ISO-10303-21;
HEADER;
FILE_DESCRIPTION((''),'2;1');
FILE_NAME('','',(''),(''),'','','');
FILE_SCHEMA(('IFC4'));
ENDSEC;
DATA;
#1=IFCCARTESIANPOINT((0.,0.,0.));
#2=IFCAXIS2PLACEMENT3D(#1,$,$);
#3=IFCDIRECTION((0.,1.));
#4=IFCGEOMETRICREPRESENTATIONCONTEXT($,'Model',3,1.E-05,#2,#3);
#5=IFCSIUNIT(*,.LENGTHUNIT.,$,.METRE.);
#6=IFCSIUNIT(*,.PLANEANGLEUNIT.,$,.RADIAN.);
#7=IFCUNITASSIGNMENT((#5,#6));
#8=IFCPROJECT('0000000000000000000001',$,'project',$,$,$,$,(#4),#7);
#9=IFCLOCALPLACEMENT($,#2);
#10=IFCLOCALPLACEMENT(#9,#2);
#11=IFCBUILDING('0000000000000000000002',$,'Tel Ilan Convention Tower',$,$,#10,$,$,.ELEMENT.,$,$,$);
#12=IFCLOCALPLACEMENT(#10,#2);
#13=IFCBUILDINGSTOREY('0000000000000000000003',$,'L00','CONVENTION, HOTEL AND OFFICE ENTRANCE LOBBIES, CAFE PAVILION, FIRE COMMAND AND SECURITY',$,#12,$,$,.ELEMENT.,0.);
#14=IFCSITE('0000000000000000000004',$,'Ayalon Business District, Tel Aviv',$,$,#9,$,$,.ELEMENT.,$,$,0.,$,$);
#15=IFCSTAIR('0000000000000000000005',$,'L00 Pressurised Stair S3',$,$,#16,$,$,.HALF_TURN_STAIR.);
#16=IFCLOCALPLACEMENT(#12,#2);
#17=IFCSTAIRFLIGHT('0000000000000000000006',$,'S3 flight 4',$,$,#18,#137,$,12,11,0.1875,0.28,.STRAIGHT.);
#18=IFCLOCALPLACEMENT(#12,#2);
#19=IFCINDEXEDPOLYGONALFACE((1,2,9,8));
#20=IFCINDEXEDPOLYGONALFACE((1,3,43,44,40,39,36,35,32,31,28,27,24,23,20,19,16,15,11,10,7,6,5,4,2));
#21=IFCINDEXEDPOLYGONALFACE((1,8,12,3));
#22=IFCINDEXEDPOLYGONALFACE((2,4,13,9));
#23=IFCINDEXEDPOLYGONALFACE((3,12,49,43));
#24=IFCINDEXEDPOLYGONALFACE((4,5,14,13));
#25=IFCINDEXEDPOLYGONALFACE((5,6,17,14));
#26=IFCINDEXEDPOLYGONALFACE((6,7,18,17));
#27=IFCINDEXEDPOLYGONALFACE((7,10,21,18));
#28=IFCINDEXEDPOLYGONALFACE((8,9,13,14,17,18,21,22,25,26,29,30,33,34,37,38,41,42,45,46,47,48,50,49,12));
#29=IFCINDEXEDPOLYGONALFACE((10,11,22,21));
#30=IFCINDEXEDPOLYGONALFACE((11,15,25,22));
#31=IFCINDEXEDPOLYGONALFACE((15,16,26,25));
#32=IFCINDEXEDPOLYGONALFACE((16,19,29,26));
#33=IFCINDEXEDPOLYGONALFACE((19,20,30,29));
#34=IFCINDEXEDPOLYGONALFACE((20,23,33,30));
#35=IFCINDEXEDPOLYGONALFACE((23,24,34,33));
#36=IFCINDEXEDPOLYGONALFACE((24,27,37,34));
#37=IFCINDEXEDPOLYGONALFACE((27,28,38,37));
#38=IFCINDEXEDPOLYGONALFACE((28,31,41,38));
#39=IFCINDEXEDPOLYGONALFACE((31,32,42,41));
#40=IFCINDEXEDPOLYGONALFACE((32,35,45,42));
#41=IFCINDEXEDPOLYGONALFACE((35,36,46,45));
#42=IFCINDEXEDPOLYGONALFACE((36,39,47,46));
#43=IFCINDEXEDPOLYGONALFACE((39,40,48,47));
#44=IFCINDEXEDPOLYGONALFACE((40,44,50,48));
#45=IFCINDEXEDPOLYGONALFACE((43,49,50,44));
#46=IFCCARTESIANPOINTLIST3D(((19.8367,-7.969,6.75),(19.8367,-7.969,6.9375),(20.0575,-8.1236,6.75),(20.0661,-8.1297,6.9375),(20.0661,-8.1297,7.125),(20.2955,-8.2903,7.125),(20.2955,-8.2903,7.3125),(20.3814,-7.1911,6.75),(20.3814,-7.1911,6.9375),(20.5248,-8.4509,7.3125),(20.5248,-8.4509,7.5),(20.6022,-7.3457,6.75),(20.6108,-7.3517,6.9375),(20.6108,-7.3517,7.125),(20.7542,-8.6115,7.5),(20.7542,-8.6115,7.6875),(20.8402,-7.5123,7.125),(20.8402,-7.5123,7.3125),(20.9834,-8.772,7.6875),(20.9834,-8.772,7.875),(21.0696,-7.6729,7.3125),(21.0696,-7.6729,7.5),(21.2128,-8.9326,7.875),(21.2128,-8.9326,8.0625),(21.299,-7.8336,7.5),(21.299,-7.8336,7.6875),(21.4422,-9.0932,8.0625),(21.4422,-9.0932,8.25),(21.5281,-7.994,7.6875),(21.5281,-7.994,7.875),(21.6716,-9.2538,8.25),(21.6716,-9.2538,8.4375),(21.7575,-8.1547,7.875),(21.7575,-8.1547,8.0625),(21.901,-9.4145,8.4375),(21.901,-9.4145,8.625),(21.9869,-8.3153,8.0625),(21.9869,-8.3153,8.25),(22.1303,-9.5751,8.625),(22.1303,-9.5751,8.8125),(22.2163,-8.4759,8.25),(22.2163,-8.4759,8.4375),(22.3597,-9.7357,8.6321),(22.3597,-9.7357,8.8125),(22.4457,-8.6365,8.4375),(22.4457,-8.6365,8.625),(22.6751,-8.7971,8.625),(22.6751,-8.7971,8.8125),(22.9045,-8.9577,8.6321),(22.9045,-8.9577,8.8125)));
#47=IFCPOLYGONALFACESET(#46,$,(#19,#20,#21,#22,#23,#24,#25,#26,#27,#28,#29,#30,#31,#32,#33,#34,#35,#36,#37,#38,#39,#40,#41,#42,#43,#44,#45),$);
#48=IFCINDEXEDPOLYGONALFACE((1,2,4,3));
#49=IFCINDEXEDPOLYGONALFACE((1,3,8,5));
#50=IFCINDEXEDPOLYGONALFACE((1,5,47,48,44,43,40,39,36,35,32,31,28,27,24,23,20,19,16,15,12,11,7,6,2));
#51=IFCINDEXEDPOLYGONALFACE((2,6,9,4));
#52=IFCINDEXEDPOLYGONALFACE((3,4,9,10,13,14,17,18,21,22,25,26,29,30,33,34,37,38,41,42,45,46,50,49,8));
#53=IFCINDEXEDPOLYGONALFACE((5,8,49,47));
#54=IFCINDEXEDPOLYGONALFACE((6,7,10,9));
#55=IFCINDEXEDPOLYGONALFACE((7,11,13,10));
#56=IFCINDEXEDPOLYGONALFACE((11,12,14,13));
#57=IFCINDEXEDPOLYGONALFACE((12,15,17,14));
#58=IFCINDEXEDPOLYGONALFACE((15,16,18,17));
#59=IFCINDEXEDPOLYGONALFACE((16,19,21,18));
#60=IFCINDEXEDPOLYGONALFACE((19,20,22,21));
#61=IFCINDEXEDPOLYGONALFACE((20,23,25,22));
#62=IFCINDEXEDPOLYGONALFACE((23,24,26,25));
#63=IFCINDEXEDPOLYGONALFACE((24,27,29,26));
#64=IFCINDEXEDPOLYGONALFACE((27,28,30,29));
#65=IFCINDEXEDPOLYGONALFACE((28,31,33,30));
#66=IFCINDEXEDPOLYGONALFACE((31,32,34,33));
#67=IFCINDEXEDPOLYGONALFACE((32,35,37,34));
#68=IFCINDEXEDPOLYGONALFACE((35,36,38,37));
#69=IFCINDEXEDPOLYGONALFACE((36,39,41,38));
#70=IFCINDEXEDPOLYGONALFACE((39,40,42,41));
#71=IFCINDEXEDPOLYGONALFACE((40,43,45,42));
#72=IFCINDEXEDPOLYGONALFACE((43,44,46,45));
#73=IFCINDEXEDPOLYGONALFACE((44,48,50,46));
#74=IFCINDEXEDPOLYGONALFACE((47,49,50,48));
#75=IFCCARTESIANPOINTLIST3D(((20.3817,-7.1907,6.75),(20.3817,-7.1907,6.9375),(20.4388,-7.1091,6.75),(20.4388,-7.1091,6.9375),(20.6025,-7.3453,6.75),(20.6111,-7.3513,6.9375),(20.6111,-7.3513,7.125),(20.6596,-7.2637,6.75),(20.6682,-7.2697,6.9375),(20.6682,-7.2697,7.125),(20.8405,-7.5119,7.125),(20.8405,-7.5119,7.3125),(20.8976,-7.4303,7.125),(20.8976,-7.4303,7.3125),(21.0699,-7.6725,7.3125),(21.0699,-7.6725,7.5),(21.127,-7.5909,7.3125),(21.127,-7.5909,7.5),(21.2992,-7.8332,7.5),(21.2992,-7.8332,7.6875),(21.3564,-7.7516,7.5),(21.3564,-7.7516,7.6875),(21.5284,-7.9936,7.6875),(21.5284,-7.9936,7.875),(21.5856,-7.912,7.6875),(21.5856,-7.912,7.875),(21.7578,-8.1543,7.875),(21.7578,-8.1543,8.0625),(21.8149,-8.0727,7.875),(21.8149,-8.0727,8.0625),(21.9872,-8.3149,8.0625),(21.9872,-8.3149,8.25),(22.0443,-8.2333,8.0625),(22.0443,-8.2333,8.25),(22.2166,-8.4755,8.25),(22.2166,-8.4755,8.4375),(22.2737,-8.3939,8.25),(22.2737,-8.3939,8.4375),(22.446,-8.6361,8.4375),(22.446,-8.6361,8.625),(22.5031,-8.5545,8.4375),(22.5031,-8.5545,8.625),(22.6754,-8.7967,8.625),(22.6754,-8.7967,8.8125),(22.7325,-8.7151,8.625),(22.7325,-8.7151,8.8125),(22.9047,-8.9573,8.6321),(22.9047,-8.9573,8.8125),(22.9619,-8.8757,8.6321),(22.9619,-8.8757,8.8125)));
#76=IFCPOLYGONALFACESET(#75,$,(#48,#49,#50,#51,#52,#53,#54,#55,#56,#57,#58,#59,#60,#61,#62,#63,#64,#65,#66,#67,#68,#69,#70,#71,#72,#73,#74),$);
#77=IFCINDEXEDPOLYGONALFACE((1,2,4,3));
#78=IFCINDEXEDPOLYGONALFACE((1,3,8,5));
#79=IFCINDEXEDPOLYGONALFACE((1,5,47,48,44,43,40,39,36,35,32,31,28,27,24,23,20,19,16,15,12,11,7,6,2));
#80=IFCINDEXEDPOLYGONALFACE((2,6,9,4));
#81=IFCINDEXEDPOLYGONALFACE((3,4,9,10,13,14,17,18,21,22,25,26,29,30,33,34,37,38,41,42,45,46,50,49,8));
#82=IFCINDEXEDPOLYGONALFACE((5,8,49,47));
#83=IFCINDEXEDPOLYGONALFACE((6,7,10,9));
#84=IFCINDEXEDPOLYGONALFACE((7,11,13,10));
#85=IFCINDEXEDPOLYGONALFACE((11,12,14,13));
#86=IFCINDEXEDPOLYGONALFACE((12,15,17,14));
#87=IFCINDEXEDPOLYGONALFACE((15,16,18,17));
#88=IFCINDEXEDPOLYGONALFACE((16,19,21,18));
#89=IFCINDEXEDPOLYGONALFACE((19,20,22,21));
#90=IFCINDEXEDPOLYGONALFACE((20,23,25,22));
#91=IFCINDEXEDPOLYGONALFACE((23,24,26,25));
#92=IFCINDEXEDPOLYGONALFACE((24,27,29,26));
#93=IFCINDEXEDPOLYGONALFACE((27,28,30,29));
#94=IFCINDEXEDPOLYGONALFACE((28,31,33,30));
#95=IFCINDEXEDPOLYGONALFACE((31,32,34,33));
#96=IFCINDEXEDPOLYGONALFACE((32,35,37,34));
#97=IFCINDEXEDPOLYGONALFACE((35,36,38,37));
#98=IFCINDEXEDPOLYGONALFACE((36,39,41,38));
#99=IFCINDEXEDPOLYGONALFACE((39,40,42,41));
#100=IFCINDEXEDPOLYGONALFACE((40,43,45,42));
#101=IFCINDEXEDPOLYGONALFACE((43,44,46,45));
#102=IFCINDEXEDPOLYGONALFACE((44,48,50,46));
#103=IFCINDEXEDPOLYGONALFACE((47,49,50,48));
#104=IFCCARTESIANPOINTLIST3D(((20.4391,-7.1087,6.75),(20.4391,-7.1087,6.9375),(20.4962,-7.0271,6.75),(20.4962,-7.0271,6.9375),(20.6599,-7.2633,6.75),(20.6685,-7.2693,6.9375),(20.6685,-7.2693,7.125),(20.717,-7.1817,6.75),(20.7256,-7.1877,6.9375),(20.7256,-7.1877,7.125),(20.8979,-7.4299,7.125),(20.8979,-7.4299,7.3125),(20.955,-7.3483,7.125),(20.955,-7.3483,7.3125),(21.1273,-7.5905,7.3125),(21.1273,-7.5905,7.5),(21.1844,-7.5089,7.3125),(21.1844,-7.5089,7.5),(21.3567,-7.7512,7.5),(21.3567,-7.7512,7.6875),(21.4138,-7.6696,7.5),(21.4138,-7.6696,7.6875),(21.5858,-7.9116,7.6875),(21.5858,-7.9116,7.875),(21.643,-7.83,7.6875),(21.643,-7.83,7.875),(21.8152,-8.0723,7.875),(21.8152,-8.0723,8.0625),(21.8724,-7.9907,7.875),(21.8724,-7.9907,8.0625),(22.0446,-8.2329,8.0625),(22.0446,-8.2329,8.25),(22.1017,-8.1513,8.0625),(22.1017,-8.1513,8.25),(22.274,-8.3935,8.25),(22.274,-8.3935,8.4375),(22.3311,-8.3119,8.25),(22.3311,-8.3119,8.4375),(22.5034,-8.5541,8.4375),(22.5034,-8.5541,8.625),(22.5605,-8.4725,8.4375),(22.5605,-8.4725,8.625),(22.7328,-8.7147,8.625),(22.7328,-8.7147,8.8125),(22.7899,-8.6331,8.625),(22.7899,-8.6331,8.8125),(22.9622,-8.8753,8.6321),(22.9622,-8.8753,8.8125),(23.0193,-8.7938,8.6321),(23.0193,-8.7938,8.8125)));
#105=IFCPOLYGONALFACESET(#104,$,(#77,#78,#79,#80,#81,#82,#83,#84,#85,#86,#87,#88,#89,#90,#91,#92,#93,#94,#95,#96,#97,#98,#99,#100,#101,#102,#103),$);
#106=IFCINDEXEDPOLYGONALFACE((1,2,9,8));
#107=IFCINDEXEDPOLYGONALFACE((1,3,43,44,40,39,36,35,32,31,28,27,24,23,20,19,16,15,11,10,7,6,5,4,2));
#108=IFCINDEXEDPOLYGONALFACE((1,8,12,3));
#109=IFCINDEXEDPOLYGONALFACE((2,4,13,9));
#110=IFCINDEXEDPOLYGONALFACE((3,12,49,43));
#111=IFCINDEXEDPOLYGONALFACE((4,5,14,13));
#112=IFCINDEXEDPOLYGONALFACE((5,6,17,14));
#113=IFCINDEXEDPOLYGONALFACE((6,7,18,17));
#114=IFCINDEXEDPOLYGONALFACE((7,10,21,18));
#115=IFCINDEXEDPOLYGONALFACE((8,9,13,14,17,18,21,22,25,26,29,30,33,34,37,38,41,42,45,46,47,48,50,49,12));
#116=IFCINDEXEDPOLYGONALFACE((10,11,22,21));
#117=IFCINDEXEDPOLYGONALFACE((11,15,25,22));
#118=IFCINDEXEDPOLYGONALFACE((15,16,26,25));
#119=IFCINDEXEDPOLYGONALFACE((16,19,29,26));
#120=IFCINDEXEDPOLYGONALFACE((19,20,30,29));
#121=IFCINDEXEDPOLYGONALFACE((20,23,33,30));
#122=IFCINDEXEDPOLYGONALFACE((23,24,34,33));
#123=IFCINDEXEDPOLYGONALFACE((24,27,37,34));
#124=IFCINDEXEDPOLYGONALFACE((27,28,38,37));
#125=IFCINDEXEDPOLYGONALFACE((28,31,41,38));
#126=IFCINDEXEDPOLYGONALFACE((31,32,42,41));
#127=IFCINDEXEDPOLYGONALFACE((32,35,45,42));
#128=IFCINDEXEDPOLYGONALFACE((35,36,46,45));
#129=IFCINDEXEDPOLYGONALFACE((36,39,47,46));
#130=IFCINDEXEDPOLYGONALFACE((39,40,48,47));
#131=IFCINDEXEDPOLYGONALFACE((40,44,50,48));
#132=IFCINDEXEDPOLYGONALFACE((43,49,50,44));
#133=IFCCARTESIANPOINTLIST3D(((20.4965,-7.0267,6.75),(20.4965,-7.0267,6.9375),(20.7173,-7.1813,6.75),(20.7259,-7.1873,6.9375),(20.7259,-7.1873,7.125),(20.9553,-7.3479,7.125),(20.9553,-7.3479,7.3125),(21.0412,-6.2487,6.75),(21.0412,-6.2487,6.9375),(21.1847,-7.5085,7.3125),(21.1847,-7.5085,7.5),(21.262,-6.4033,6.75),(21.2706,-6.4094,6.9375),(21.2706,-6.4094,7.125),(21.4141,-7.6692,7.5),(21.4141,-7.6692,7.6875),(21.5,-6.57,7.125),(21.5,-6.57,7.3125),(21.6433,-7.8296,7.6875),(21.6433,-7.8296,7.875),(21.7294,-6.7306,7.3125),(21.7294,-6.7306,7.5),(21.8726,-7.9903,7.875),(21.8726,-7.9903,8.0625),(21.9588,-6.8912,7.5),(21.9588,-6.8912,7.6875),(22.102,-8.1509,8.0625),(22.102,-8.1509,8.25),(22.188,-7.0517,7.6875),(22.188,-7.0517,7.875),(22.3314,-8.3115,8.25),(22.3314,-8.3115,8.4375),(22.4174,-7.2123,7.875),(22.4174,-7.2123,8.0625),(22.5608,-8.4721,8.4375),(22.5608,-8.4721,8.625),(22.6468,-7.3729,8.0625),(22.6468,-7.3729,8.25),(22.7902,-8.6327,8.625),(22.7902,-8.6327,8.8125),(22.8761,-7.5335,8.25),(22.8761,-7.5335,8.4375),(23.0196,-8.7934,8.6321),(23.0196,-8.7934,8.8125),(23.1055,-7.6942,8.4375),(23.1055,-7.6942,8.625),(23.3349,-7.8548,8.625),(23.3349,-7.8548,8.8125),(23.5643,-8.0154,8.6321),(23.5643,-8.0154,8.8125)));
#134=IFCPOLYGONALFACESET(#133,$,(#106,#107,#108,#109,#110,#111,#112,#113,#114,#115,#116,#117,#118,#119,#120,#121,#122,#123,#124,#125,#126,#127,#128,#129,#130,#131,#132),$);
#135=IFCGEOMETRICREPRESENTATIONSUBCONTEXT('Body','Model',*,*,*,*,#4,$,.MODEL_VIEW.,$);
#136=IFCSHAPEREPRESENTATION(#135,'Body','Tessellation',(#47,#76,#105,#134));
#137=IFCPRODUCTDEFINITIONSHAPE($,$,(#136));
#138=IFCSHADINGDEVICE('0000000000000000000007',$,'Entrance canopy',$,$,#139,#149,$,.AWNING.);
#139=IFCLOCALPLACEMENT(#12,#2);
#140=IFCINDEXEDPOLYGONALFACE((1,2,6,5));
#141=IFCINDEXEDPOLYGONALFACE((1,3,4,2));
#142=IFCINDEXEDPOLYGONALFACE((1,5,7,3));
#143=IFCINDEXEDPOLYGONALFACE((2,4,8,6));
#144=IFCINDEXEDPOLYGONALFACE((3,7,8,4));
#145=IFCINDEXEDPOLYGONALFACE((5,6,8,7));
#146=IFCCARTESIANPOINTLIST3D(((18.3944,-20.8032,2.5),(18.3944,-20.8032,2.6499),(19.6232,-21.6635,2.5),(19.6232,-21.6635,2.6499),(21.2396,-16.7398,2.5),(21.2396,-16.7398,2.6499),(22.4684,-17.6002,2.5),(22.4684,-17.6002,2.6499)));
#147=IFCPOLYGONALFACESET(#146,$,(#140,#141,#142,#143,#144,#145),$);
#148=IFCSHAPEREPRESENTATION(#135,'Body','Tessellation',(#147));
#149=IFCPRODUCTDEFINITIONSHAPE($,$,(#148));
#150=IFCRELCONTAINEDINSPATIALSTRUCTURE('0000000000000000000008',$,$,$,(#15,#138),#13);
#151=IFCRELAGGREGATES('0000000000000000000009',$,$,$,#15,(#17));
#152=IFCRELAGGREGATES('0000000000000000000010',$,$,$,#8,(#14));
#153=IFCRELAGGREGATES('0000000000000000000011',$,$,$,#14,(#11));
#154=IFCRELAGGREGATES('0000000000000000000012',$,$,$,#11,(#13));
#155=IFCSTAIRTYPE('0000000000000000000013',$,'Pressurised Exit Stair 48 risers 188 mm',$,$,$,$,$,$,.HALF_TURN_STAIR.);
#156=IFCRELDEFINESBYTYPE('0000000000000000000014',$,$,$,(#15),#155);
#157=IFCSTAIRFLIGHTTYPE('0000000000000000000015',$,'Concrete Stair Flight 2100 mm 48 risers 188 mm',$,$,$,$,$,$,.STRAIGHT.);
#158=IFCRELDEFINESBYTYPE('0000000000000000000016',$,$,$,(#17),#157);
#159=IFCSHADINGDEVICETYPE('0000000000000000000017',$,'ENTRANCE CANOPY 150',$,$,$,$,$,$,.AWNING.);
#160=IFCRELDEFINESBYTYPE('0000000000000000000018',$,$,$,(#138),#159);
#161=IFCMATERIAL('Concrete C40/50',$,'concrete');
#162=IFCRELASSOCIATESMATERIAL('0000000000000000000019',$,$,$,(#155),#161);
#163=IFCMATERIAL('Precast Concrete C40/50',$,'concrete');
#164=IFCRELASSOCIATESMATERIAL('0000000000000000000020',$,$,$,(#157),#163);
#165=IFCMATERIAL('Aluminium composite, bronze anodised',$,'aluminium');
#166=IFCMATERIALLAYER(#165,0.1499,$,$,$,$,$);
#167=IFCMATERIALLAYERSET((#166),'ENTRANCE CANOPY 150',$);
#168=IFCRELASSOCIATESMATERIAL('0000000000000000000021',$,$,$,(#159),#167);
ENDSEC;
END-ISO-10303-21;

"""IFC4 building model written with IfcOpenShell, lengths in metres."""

from ifc_helpers import new_model, si_unit, direction, frame, origin, origin_2d, place, context, subcontext, project, spatial, polyline, rectangle, outline, extrude, material, layer, layer_set, type_object, element, aggregate, save


model = new_model("IFC4")

# Units and contexts
model_context = context("Model", 3, precision=1e-05, world=origin(), true_north=direction((0.0, 1.0)))
body_context = subcontext(model_context, "Body", "Model", "MODEL_VIEW")
ifc_project = project(units=[si_unit("LENGTHUNIT", "METRE"), si_unit("PLANEANGLEUNIT", "RADIAN")], contexts=[model_context])

# Site, building, storey
site_placement = place(None, origin())
site = spatial("IfcSite", under=ifc_project, at=site_placement, Name="Ayalon Business District, Tel Aviv", CompositionType="ELEMENT", RefElevation=0.0)
building_placement = place(site_placement, origin())
building = spatial("IfcBuilding", under=site, at=building_placement, Name="Tel Ilan Convention Tower", CompositionType="ELEMENT")
storey_placement = place(building_placement, origin())
storey = spatial("IfcBuildingStorey", under=building, at=storey_placement, Name="L00", Description="CONVENTION, HOTEL AND OFFICE ENTRANCE LOBBIES, CAFE PAVILION, FIRE COMMAND AND SECURITY", CompositionType="ELEMENT", Elevation=0.0)

# Stair, stair flight
ifc_material_1 = material(Name="Concrete C40/50", Category="concrete")
stair_type = type_object("IfcStairType", Name="Pressurised Exit Stair 48 risers 188 mm", PredefinedType="HALF_TURN_STAIR", material=ifc_material_1)
stair_placement = place(storey_placement, origin())
stair = element("IfcStair", 1, at=stair_placement, inside=storey, type_object=stair_type, Name="L00 Pressurised Stair S3", PredefinedType="HALF_TURN_STAIR")
ifc_material_2 = material(Name="Precast Concrete C40/50", Category="concrete")
stair_flight_type = type_object("IfcStairFlightType", Name="Concrete Stair Flight 2100 mm 48 risers 188 mm", PredefinedType="STRAIGHT", material=ifc_material_2)
stair_flight_1_placement = place(storey_placement, frame((20.439, -7.1089, 6.75), z_axis=(0.0, 0.0, 1.0), x_axis=(0.819152, -0.573576, 0.0)))
stair_flight_1 = element("IfcStairFlight", 2, at=stair_flight_1_placement, type_object=stair_flight_type, Name="S3 flight 4", NumberOfRisers=12, NumberOfTreads=11, PredefinedType="STRAIGHT", RiserHeight=0.1875, TreadLength=0.28, context=body_context, shape_type="SweptSolid", body=[
    extrude(outline(polyline([(0.0, 0.0), (0.0, 0.1875), (0.28, 0.1875), (0.28, 0.375), (0.5601, 0.375), (0.5601, 0.5625), (0.8401, 0.5625), (0.8401, 0.75), (1.1201, 0.75), (1.1201, 0.9375), (1.3999, 0.9375), (1.3999, 1.125), (1.6799, 1.125), (1.6799, 1.3125), (1.96, 1.3125), (1.96, 1.5), (2.24, 1.5), (2.24, 1.6875), (2.52, 1.6875), (2.52, 1.875), (2.8, 1.875), (2.8, 2.0625), (3.0801, 2.0625), (3.0801, 2.25), (3.0801, 1.8821), (0.2695, 0.0), (0.0, 0.0)])), frame((0.0, -0.1003, 0.0), z_axis=(0.0, -1.0, 0.0), x_axis=(1.0, 0.0, 0.0)), (0.0, 0.0, 1.0), 0.9497),
    extrude(outline(polyline([(0.0, 0.0), (0.0, 0.1875), (0.28, 0.1875), (0.28, 0.375), (0.5601, 0.375), (0.5601, 0.5625), (0.8401, 0.5625), (0.8401, 0.75), (1.1201, 0.75), (1.1201, 0.9375), (1.3999, 0.9375), (1.3999, 1.125), (1.6799, 1.125), (1.6799, 1.3125), (1.96, 1.3125), (1.96, 1.5), (2.24, 1.5), (2.24, 1.6875), (2.52, 1.6875), (2.52, 1.875), (2.8, 1.875), (2.8, 2.0625), (3.0801, 2.0625), (3.0801, 2.25), (3.0801, 1.8821), (0.2695, 0.0), (0.0, 0.0)])), frame((0.0, -0.0002, 0.0), z_axis=(0.0, -1.0, 0.0), x_axis=(1.0, 0.0, 0.0)), (0.0, 0.0, 1.0), 0.0996),
    extrude(outline(polyline([(0.0, 0.0), (0.0, 0.1875), (0.28, 0.1875), (0.28, 0.375), (0.5601, 0.375), (0.5601, 0.5625), (0.8401, 0.5625), (0.8401, 0.75), (1.1201, 0.75), (1.1201, 0.9375), (1.3999, 0.9375), (1.3999, 1.125), (1.6799, 1.125), (1.6799, 1.3125), (1.96, 1.3125), (1.96, 1.5), (2.24, 1.5), (2.24, 1.6875), (2.52, 1.6875), (2.52, 1.875), (2.8, 1.875), (2.8, 2.0625), (3.0801, 2.0625), (3.0801, 2.25), (3.0801, 1.8821), (0.2695, 0.0), (0.0, 0.0)])), frame((0.0, 0.0999, 0.0), z_axis=(0.0, -1.0, 0.0), x_axis=(1.0, 0.0, 0.0)), (0.0, 0.0, 1.0), 0.0996),
    extrude(outline(polyline([(0.0, 0.0), (0.0, 0.1875), (0.28, 0.1875), (0.28, 0.375), (0.5601, 0.375), (0.5601, 0.5625), (0.8401, 0.5625), (0.8401, 0.75), (1.1201, 0.75), (1.1201, 0.9375), (1.3999, 0.9375), (1.3999, 1.125), (1.6799, 1.125), (1.6799, 1.3125), (1.96, 1.3125), (1.96, 1.5), (2.24, 1.5), (2.24, 1.6875), (2.52, 1.6875), (2.52, 1.875), (2.8, 1.875), (2.8, 2.0625), (3.0801, 2.0625), (3.0801, 2.25), (3.0801, 1.8821), (0.2695, 0.0), (0.0, 0.0)])), frame((0.0, 1.05, 0.0), z_axis=(0.0, -1.0, 0.0), x_axis=(1.0, 0.0, 0.0)), (0.0, 0.0, 1.0), 0.9497),
])
aggregate(stair, [stair_flight_1])

# Shading device
ifc_material_3 = material(Name="Aluminium composite, bronze anodised", Category="aluminium")
ifc_layer_1 = layer(ifc_material_3, 0.1499)
ifc_layer_set_1 = layer_set([ifc_layer_1], Name="ENTRANCE CANOPY 150")
shading_device_type = type_object("IfcShadingDeviceType", Name="ENTRANCE CANOPY 150", PredefinedType="AWNING", material=ifc_layer_set_1)
shading_device_placement = place(storey_placement, frame((20.4314, -19.2017, 2.5), z_axis=(0.0, 0.0, 1.0), x_axis=(-0.573576, -0.819152, 0.0)))
element("IfcShadingDevice", 3, at=shading_device_placement, inside=storey, type_object=shading_device_type, Name="Entrance canopy", PredefinedType="AWNING", context=body_context, shape_type="SweptSolid", body=[
    extrude(rectangle(XDim=4.9604, YDim=1.5, at=origin_2d()), origin(), (0.0, 0.0, 1.0), 0.1499),
])

save(model, "model.ifc")
